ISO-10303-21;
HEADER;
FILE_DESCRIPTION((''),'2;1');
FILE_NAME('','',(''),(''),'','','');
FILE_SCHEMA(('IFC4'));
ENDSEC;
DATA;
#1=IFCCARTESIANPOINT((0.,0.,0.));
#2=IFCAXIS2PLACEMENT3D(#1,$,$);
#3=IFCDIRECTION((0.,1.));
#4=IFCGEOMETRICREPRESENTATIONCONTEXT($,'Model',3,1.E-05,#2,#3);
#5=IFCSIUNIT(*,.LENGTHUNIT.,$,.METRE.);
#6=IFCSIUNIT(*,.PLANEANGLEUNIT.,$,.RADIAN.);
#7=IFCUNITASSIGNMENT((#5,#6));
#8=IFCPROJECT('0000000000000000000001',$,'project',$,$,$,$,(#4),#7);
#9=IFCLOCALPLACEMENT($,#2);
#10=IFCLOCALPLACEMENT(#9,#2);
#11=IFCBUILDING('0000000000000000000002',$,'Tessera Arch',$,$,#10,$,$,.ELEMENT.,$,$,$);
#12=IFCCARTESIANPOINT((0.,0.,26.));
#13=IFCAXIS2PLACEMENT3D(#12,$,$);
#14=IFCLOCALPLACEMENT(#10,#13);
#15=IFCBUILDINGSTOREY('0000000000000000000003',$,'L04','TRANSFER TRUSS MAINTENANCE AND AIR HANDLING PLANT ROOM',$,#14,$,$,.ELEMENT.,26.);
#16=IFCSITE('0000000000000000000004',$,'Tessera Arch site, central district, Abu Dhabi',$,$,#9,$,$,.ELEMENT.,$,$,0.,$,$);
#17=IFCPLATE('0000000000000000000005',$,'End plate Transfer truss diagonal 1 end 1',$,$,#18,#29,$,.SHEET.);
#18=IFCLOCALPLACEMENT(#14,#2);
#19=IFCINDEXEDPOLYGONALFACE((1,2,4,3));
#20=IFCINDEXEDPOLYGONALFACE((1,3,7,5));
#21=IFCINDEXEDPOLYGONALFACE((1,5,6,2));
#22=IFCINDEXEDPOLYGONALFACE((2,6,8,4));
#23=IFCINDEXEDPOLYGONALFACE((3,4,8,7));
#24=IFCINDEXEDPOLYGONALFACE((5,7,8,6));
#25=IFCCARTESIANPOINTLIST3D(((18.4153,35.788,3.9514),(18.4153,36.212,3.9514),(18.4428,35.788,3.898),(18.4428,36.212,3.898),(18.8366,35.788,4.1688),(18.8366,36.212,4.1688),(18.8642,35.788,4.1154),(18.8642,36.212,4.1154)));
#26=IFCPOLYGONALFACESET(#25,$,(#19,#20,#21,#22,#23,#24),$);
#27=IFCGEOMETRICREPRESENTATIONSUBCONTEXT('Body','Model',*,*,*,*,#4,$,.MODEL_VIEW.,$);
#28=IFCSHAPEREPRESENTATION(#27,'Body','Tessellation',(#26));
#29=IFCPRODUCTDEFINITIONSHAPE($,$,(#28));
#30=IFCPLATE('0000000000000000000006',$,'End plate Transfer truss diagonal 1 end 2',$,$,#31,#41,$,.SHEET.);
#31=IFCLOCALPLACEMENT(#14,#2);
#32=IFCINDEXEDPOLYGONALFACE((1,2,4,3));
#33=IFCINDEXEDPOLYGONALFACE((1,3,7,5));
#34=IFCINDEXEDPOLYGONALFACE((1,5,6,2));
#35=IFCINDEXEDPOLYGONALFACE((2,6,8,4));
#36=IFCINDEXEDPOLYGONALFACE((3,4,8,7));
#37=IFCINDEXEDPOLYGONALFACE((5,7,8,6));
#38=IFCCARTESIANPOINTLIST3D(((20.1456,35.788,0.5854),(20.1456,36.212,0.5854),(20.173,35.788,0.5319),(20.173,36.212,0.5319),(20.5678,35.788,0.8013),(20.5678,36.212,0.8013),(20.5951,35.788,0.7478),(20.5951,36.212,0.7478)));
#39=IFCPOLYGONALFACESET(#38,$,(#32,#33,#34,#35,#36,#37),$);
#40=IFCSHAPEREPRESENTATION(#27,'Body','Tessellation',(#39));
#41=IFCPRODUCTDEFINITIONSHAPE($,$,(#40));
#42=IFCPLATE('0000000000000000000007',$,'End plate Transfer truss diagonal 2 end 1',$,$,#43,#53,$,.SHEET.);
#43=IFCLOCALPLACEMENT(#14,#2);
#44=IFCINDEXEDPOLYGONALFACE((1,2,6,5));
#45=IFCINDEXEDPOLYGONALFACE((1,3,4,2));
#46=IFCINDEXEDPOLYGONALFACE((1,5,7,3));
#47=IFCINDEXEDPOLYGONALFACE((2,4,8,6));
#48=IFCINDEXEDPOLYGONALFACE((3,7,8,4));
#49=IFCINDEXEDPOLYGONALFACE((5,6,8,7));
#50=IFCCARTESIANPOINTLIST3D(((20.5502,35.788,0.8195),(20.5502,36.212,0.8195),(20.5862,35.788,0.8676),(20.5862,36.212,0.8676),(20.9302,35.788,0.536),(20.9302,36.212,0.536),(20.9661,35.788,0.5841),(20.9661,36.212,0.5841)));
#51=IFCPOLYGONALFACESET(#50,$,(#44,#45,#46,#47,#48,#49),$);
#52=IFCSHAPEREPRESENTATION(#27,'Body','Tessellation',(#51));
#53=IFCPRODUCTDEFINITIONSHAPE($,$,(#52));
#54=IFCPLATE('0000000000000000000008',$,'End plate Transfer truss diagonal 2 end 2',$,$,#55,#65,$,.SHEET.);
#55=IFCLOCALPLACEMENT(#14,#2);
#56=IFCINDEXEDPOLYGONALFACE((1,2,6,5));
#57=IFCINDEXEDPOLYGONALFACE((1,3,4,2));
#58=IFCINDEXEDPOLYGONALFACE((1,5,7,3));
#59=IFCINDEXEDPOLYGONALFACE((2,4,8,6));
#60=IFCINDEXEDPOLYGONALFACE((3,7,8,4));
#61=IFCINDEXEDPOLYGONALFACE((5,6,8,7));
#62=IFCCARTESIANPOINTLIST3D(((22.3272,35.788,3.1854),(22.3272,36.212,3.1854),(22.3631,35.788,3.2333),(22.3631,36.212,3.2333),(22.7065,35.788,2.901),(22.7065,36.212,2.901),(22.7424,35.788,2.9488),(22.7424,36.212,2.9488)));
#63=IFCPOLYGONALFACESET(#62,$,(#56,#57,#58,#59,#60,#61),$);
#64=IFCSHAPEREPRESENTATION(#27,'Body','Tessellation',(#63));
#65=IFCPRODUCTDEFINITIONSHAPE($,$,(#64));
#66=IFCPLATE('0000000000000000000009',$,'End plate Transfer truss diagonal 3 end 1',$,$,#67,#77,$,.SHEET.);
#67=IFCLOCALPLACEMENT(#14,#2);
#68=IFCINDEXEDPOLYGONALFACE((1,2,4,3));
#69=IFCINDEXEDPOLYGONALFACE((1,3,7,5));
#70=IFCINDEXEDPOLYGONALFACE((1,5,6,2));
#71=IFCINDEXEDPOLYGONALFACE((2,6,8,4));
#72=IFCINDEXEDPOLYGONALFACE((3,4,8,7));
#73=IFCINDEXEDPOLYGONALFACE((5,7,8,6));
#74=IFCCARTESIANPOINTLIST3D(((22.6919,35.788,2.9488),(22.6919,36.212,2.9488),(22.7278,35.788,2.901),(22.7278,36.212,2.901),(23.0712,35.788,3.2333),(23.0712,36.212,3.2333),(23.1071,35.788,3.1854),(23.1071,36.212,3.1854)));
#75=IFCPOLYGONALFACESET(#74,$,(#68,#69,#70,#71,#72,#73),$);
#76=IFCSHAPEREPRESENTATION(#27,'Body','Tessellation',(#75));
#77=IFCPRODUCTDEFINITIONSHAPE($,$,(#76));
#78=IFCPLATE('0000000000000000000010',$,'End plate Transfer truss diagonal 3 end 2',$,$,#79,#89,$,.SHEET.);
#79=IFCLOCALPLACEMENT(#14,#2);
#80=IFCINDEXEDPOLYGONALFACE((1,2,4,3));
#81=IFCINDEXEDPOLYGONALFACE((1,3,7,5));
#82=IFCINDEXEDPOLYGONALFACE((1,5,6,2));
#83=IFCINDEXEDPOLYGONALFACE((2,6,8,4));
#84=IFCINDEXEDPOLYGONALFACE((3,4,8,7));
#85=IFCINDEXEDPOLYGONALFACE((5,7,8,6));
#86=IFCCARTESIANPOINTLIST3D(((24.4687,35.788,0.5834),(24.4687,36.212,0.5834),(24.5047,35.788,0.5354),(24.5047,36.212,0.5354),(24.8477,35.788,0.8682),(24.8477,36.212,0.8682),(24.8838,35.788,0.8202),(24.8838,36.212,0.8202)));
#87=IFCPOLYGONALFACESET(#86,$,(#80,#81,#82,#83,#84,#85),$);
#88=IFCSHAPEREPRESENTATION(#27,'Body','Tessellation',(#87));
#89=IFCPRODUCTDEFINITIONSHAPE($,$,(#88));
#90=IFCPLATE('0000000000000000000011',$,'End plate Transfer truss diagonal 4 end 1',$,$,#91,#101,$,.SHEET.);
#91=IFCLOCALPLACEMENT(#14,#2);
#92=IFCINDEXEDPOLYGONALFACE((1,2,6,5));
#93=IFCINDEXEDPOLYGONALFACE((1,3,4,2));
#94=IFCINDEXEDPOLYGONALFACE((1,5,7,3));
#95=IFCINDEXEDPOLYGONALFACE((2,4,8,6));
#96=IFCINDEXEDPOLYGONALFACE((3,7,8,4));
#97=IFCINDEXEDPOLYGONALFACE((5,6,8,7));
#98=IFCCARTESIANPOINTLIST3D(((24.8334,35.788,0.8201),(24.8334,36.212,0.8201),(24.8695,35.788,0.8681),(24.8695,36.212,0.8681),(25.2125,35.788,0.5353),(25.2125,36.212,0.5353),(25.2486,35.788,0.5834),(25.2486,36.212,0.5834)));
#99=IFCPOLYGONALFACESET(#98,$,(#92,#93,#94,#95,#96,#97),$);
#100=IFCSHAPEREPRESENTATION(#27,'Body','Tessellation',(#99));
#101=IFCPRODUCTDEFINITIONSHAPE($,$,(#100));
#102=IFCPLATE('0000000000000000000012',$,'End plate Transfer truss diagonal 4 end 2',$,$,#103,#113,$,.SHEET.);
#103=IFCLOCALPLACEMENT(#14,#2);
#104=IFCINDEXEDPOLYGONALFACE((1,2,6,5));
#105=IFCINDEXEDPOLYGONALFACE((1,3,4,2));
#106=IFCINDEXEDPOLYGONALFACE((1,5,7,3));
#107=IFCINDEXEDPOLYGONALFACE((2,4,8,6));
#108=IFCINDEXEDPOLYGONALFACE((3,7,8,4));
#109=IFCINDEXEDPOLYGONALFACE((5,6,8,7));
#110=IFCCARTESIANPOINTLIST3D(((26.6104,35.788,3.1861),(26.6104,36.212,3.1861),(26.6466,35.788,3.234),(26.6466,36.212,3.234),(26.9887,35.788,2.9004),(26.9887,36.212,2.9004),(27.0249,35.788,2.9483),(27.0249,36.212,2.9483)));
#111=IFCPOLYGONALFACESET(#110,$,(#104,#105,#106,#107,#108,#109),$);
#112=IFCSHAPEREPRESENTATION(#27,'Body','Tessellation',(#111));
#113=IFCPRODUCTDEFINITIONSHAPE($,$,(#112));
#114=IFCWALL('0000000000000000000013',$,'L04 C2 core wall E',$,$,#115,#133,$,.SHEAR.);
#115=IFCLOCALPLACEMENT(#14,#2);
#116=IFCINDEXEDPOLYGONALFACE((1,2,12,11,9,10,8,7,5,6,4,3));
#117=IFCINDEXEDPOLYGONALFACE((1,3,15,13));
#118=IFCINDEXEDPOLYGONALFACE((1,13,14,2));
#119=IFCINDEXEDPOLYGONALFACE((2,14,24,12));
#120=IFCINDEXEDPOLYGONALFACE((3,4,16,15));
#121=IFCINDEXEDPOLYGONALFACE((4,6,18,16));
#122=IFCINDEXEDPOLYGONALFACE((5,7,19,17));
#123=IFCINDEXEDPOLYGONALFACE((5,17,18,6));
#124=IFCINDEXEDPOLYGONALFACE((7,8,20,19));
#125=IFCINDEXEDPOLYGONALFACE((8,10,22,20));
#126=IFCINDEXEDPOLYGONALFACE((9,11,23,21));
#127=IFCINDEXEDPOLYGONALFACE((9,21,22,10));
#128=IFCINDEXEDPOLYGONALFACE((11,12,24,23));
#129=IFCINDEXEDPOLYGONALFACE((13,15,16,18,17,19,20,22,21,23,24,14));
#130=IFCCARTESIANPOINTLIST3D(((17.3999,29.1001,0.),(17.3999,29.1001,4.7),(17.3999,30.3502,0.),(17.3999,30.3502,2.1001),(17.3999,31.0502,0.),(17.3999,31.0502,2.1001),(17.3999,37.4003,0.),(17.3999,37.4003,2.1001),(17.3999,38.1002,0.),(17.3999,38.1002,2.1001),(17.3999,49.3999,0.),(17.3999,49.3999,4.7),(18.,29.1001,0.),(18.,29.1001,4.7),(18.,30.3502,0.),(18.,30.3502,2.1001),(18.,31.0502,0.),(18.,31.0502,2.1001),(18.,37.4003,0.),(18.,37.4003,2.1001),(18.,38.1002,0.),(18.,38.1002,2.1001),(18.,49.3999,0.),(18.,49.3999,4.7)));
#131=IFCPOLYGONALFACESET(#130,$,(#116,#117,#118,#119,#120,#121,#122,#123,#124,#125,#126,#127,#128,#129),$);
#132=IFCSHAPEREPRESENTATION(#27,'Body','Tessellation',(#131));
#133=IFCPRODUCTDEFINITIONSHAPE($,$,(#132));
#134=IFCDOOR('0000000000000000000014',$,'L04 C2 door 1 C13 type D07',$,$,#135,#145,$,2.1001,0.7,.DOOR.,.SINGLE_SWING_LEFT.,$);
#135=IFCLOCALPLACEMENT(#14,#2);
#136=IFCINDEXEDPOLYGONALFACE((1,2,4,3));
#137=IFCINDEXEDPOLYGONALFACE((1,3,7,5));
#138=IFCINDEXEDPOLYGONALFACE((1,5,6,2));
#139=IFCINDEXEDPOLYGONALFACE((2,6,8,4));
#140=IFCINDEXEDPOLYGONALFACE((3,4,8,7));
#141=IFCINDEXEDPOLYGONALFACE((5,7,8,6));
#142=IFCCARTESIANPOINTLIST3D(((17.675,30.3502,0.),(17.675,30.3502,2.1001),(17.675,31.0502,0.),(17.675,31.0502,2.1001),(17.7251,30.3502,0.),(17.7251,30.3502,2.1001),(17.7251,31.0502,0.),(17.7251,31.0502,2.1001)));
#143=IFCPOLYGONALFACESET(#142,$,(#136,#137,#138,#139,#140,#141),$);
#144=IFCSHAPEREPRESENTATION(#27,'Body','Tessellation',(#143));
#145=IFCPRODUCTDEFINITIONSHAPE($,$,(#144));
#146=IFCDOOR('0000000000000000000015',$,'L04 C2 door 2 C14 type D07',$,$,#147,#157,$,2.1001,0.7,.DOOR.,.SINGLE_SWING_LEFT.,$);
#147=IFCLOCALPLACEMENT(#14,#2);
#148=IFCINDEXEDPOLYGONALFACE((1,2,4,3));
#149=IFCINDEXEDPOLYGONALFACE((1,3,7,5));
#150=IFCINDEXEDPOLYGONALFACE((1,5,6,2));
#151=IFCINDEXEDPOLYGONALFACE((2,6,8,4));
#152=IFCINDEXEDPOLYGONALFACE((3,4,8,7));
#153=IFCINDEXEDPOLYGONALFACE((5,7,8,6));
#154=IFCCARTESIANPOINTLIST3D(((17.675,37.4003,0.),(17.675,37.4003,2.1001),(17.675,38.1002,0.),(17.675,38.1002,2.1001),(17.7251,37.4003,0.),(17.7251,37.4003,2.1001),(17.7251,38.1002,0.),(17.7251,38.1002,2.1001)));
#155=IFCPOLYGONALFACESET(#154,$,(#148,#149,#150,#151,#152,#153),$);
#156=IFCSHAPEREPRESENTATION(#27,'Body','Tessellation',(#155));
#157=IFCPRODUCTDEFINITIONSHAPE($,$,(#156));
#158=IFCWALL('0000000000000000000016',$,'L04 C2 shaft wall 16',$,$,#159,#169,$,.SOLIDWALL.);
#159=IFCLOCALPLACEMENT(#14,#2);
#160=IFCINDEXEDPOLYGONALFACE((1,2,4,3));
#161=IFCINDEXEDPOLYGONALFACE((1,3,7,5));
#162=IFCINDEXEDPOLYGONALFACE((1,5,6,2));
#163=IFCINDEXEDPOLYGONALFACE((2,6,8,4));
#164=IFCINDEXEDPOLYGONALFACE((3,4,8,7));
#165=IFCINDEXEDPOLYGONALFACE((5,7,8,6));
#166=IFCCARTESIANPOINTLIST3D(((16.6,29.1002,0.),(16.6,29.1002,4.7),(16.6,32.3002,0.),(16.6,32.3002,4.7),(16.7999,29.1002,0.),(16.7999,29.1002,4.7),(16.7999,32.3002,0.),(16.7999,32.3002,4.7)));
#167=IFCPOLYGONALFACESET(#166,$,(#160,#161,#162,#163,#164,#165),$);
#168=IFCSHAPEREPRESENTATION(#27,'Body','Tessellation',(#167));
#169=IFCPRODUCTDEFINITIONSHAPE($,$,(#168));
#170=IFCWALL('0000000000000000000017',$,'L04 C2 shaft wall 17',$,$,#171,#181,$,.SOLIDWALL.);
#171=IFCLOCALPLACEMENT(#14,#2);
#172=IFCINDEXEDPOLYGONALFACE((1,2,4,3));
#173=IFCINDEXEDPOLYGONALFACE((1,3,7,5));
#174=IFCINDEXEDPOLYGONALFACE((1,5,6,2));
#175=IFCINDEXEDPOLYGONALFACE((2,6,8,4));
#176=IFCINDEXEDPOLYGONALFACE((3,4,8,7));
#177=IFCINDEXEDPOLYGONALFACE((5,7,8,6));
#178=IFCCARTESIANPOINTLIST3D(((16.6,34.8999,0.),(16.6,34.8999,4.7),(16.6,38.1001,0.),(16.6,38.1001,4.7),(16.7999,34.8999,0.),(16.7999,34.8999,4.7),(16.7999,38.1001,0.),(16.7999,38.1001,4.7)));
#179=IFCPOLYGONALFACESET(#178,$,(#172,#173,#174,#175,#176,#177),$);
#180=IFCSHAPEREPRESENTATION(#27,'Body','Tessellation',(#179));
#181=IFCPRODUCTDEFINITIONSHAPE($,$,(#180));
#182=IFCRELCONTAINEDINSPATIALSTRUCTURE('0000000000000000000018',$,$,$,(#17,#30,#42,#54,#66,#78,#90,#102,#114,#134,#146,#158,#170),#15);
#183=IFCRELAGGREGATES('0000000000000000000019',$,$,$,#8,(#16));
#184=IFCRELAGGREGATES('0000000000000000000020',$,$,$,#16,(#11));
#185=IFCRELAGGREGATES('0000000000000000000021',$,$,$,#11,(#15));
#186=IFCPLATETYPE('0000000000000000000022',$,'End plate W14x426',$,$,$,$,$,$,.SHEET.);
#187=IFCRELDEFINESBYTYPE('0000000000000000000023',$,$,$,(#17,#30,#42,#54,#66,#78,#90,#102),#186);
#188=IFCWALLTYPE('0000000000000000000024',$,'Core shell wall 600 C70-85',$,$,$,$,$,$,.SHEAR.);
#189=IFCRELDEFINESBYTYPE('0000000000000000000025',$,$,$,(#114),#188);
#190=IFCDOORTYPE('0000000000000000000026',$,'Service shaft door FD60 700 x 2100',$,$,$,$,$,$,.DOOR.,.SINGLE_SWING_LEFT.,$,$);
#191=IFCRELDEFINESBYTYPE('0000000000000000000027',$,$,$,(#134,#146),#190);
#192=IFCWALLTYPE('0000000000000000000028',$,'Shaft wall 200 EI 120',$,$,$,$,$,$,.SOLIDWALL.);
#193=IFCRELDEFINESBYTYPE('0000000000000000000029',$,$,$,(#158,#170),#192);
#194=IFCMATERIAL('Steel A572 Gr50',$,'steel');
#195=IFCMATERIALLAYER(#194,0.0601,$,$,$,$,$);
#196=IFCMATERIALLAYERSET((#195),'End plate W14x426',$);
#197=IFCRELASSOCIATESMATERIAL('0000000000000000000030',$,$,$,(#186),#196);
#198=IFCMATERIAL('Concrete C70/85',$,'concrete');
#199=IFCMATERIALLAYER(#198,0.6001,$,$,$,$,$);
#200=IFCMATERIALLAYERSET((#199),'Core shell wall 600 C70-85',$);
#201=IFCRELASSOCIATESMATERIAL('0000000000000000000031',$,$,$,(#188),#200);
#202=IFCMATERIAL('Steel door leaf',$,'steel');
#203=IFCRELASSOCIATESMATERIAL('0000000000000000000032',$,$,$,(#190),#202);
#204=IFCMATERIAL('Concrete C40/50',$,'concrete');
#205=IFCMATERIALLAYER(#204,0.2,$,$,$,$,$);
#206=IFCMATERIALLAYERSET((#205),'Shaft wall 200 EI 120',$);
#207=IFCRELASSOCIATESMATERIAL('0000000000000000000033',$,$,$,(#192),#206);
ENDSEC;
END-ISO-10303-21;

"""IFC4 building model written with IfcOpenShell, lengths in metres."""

from ifc_helpers import new_model, si_unit, direction, frame, frame_2d, origin, origin_2d, place, context, subcontext, project, spatial, rectangle, extrude, material, layer, layer_set, type_object, element, fill, save


model = new_model("IFC4")

# Units and contexts
model_context = context("Model", 3, precision=1e-05, world=origin(), true_north=direction((0.0, 1.0)))
body_context = subcontext(model_context, "Body", "Model", "MODEL_VIEW")
ifc_project = project(units=[si_unit("LENGTHUNIT", "METRE"), si_unit("PLANEANGLEUNIT", "RADIAN")], contexts=[model_context])

# Site, building, storey
site_placement = place(None, origin())
site = spatial("IfcSite", under=ifc_project, at=site_placement, Name="Tessera Arch site, central district, Abu Dhabi", CompositionType="ELEMENT", RefElevation=0.0)
building_placement = place(site_placement, origin())
building = spatial("IfcBuilding", under=site, at=building_placement, Name="Tessera Arch", CompositionType="ELEMENT")
storey_placement = place(building_placement, frame((0.0, 0.0, 26.0)))
storey = spatial("IfcBuildingStorey", under=building, at=storey_placement, Name="L04", Description="TRANSFER TRUSS MAINTENANCE AND AIR HANDLING PLANT ROOM", CompositionType="ELEMENT", Elevation=26.0)

# Plates
ifc_material_1 = material(Name="Steel A572 Gr50", Category="steel")
ifc_layer_1 = layer(ifc_material_1, 0.0601)
ifc_layer_set_1 = layer_set([ifc_layer_1], Name="End plate W14x426")
plate_type = type_object("IfcPlateType", Name="End plate W14x426", PredefinedType="SHEET", material=ifc_layer_set_1)
for number, where, z_axis, x_axis, name in (
    (1, (18.626, 36.0, 4.0601), (0.45854, 0.0, -0.888674), (0.0, 1.0, 0.0), "End plate Transfer truss diagonal 1 end 1"),
    (2, (20.3567, 36.0, 0.6934), (0.455326, 0.0, -0.890325), (0.0, 1.0, 0.0), "End plate Transfer truss diagonal 1 end 2"),
    (3, (20.7402, 36.0, 0.6777), (0.598045, 0.0, 0.801462), (0.0, 1.0, 0.0), "End plate Transfer truss diagonal 2 end 1"),
):
    element("IfcPlate", number, at=place(storey_placement, frame(where, z_axis=z_axis, x_axis=x_axis)), inside=storey, type_object=plate_type, Name=name, PredefinedType="SHEET", context=body_context, shape_type="SweptSolid", body=[
        extrude(rectangle(XDim=0.4241, YDim=0.4741, at=origin_2d()), origin(), (0.0, 0.0, 1.0), 0.0601),
    ])
for number, where, z_axis, x_axis, name in (
    (4, (22.5168, 36.0, 3.0432), (0.6, 0.0, 0.8), (0.0, 1.0, 0.0), "End plate Transfer truss diagonal 2 end 2"),
    (5, (22.8816, 36.0, 3.0911), (0.6, 0.0, -0.8), (0.0, 1.0, 0.0), "End plate Transfer truss diagonal 3 end 1"),
):
    element("IfcPlate", number, at=place(storey_placement, frame(where, z_axis=z_axis, x_axis=x_axis)), inside=storey, type_object=plate_type, Name=name, PredefinedType="SHEET", context=body_context, shape_type="SweptSolid", body=[
        extrude(rectangle(XDim=0.4241, YDim=0.4741, at=origin_2d()), origin(), (0.0, 0.0, 1.0), 0.0598),
    ])
for number, where, z_axis, x_axis, name in (
    (6, (24.6582, 36.0, 0.7258), (0.600649, 0.0, -0.799513), (0.0, 1.0, 0.0), "End plate Transfer truss diagonal 3 end 2"),
    (7, (25.0229, 36.0, 0.6777), (0.600649, 0.0, 0.799513), (0.0, 1.0, 0.0), "End plate Transfer truss diagonal 4 end 1"),
    (8, (26.7996, 36.0, 3.0432), (0.602603, 0.0, 0.798041), (0.0, 1.0, 0.0), "End plate Transfer truss diagonal 4 end 2"),
):
    element("IfcPlate", number, at=place(storey_placement, frame(where, z_axis=z_axis, x_axis=x_axis)), inside=storey, type_object=plate_type, Name=name, PredefinedType="SHEET", context=body_context, shape_type="SweptSolid", body=[
        extrude(rectangle(XDim=0.4241, YDim=0.4741, at=origin_2d()), origin(), (0.0, 0.0, 1.0), 0.0601),
    ])

# Wall, openings, doors
ifc_material_2 = material(Name="Concrete C70/85", Category="concrete")
ifc_layer_2 = layer(ifc_material_2, 0.6001)
ifc_layer_set_2 = layer_set([ifc_layer_2], Name="Core shell wall 600 C70-85")
wall_type_1 = type_object("IfcWallType", Name="Core shell wall 600 C70-85", PredefinedType="SHEAR", material=ifc_layer_set_2)
wall_1_placement = place(storey_placement, frame((17.7, 29.1001, 0.0), z_axis=(0.0, 0.0, 1.0), x_axis=(0.0, 1.0, 0.0)))
wall_1 = element("IfcWall", 9, at=wall_1_placement, inside=storey, type_object=wall_type_1, Name="L04 C2 core wall E", PredefinedType="SHEAR", context=body_context, shape_type="SweptSolid", body=[
    extrude(rectangle(XDim=20.2998, YDim=0.6001, at=frame_2d((10.1499, 0.0))), origin(), (0.0, 0.0, 1.0), 4.7),
])
opening_1_placement = place(wall_1_placement, frame((1.25, 0.0, 0.0)))
opening_1 = element("IfcOpeningElement", 10, at=opening_1_placement, cuts=wall_1, PredefinedType="OPENING", context=body_context, shape_type="SweptSolid", body=[
    extrude(rectangle(XDim=0.7, YDim=2.1001, at=frame_2d((0.3501, 1.05))), frame((0.0, 0.3101, 0.0), z_axis=(0.0, -1.0, 0.0), x_axis=(1.0, 0.0, 0.0)), (0.0, 0.0, 1.0), 0.6201),
])
opening_2_placement = place(wall_1_placement, frame((8.3, 0.0, 0.0)))
opening_2 = element("IfcOpeningElement", 11, at=opening_2_placement, cuts=wall_1, PredefinedType="OPENING", context=body_context, shape_type="SweptSolid", body=[
    extrude(rectangle(XDim=0.7, YDim=2.1001, at=frame_2d((0.3501, 1.05))), frame((0.0, 0.3101, 0.0), z_axis=(0.0, -1.0, 0.0), x_axis=(1.0, 0.0, 0.0)), (0.0, 0.0, 1.0), 0.6201),
])
ifc_material_3 = material(Name="Steel door leaf", Category="steel")
door_type = type_object("IfcDoorType", Name="Service shaft door FD60 700 x 2100", OperationType="SINGLE_SWING_LEFT", PredefinedType="DOOR", material=ifc_material_3)
door_1_placement = place(opening_1_placement, origin())
door_1 = element("IfcDoor", 12, at=door_1_placement, inside=storey, type_object=door_type, Name="L04 C2 door 1 C13 type D07", OperationType="SINGLE_SWING_LEFT", OverallHeight=2.1001, OverallWidth=0.7, PredefinedType="DOOR", context=body_context, shape_type="SweptSolid", body=[
    extrude(rectangle(XDim=0.7, YDim=2.1001, at=frame_2d((0.3501, 1.05))), frame((0.0, 0.0249, 0.0), z_axis=(0.0, -1.0, 0.0), x_axis=(1.0, 0.0, 0.0)), (0.0, 0.0, 1.0), 0.05),
])
fill(opening_1, door_1)
door_2_placement = place(opening_2_placement, origin())
door_2 = element("IfcDoor", 13, at=door_2_placement, inside=storey, type_object=door_type, Name="L04 C2 door 2 C14 type D07", OperationType="SINGLE_SWING_LEFT", OverallHeight=2.1001, OverallWidth=0.7, PredefinedType="DOOR", context=body_context, shape_type="SweptSolid", body=[
    extrude(rectangle(XDim=0.7, YDim=2.1001, at=frame_2d((0.3501, 1.05))), frame((0.0, 0.0249, 0.0), z_axis=(0.0, -1.0, 0.0), x_axis=(1.0, 0.0, 0.0)), (0.0, 0.0, 1.0), 0.05),
])
fill(opening_2, door_2)

# Walls
ifc_material_4 = material(Name="Concrete C40/50", Category="concrete")
ifc_layer_3 = layer(ifc_material_4, 0.2)
ifc_layer_set_3 = layer_set([ifc_layer_3], Name="Shaft wall 200 EI 120")
wall_type_2 = type_object("IfcWallType", Name="Shaft wall 200 EI 120", PredefinedType="SOLIDWALL", material=ifc_layer_set_3)
wall_2_placement = place(storey_placement, frame((16.7, 29.1001, 0.0), z_axis=(0.0, 0.0, 1.0), x_axis=(0.0, 1.0, 0.0)))
element("IfcWall", 14, at=wall_2_placement, inside=storey, type_object=wall_type_2, Name="L04 C2 shaft wall 16", PredefinedType="SOLIDWALL", context=body_context, shape_type="SweptSolid", body=[
    extrude(rectangle(XDim=3.2, YDim=0.2, at=frame_2d((1.6001, 0.0))), origin(), (0.0, 0.0, 1.0), 4.7),
])
wall_3_placement = place(storey_placement, frame((16.7, 34.8999, 0.0), z_axis=(0.0, 0.0, 1.0), x_axis=(0.0, 1.0, 0.0)))
element("IfcWall", 15, at=wall_3_placement, inside=storey, type_object=wall_type_2, Name="L04 C2 shaft wall 17", PredefinedType="SOLIDWALL", context=body_context, shape_type="SweptSolid", body=[
    extrude(rectangle(XDim=3.2002, YDim=0.2, at=frame_2d((1.6001, 0.0))), origin(), (0.0, 0.0, 1.0), 4.7),
])

save(model, "model.ifc")
